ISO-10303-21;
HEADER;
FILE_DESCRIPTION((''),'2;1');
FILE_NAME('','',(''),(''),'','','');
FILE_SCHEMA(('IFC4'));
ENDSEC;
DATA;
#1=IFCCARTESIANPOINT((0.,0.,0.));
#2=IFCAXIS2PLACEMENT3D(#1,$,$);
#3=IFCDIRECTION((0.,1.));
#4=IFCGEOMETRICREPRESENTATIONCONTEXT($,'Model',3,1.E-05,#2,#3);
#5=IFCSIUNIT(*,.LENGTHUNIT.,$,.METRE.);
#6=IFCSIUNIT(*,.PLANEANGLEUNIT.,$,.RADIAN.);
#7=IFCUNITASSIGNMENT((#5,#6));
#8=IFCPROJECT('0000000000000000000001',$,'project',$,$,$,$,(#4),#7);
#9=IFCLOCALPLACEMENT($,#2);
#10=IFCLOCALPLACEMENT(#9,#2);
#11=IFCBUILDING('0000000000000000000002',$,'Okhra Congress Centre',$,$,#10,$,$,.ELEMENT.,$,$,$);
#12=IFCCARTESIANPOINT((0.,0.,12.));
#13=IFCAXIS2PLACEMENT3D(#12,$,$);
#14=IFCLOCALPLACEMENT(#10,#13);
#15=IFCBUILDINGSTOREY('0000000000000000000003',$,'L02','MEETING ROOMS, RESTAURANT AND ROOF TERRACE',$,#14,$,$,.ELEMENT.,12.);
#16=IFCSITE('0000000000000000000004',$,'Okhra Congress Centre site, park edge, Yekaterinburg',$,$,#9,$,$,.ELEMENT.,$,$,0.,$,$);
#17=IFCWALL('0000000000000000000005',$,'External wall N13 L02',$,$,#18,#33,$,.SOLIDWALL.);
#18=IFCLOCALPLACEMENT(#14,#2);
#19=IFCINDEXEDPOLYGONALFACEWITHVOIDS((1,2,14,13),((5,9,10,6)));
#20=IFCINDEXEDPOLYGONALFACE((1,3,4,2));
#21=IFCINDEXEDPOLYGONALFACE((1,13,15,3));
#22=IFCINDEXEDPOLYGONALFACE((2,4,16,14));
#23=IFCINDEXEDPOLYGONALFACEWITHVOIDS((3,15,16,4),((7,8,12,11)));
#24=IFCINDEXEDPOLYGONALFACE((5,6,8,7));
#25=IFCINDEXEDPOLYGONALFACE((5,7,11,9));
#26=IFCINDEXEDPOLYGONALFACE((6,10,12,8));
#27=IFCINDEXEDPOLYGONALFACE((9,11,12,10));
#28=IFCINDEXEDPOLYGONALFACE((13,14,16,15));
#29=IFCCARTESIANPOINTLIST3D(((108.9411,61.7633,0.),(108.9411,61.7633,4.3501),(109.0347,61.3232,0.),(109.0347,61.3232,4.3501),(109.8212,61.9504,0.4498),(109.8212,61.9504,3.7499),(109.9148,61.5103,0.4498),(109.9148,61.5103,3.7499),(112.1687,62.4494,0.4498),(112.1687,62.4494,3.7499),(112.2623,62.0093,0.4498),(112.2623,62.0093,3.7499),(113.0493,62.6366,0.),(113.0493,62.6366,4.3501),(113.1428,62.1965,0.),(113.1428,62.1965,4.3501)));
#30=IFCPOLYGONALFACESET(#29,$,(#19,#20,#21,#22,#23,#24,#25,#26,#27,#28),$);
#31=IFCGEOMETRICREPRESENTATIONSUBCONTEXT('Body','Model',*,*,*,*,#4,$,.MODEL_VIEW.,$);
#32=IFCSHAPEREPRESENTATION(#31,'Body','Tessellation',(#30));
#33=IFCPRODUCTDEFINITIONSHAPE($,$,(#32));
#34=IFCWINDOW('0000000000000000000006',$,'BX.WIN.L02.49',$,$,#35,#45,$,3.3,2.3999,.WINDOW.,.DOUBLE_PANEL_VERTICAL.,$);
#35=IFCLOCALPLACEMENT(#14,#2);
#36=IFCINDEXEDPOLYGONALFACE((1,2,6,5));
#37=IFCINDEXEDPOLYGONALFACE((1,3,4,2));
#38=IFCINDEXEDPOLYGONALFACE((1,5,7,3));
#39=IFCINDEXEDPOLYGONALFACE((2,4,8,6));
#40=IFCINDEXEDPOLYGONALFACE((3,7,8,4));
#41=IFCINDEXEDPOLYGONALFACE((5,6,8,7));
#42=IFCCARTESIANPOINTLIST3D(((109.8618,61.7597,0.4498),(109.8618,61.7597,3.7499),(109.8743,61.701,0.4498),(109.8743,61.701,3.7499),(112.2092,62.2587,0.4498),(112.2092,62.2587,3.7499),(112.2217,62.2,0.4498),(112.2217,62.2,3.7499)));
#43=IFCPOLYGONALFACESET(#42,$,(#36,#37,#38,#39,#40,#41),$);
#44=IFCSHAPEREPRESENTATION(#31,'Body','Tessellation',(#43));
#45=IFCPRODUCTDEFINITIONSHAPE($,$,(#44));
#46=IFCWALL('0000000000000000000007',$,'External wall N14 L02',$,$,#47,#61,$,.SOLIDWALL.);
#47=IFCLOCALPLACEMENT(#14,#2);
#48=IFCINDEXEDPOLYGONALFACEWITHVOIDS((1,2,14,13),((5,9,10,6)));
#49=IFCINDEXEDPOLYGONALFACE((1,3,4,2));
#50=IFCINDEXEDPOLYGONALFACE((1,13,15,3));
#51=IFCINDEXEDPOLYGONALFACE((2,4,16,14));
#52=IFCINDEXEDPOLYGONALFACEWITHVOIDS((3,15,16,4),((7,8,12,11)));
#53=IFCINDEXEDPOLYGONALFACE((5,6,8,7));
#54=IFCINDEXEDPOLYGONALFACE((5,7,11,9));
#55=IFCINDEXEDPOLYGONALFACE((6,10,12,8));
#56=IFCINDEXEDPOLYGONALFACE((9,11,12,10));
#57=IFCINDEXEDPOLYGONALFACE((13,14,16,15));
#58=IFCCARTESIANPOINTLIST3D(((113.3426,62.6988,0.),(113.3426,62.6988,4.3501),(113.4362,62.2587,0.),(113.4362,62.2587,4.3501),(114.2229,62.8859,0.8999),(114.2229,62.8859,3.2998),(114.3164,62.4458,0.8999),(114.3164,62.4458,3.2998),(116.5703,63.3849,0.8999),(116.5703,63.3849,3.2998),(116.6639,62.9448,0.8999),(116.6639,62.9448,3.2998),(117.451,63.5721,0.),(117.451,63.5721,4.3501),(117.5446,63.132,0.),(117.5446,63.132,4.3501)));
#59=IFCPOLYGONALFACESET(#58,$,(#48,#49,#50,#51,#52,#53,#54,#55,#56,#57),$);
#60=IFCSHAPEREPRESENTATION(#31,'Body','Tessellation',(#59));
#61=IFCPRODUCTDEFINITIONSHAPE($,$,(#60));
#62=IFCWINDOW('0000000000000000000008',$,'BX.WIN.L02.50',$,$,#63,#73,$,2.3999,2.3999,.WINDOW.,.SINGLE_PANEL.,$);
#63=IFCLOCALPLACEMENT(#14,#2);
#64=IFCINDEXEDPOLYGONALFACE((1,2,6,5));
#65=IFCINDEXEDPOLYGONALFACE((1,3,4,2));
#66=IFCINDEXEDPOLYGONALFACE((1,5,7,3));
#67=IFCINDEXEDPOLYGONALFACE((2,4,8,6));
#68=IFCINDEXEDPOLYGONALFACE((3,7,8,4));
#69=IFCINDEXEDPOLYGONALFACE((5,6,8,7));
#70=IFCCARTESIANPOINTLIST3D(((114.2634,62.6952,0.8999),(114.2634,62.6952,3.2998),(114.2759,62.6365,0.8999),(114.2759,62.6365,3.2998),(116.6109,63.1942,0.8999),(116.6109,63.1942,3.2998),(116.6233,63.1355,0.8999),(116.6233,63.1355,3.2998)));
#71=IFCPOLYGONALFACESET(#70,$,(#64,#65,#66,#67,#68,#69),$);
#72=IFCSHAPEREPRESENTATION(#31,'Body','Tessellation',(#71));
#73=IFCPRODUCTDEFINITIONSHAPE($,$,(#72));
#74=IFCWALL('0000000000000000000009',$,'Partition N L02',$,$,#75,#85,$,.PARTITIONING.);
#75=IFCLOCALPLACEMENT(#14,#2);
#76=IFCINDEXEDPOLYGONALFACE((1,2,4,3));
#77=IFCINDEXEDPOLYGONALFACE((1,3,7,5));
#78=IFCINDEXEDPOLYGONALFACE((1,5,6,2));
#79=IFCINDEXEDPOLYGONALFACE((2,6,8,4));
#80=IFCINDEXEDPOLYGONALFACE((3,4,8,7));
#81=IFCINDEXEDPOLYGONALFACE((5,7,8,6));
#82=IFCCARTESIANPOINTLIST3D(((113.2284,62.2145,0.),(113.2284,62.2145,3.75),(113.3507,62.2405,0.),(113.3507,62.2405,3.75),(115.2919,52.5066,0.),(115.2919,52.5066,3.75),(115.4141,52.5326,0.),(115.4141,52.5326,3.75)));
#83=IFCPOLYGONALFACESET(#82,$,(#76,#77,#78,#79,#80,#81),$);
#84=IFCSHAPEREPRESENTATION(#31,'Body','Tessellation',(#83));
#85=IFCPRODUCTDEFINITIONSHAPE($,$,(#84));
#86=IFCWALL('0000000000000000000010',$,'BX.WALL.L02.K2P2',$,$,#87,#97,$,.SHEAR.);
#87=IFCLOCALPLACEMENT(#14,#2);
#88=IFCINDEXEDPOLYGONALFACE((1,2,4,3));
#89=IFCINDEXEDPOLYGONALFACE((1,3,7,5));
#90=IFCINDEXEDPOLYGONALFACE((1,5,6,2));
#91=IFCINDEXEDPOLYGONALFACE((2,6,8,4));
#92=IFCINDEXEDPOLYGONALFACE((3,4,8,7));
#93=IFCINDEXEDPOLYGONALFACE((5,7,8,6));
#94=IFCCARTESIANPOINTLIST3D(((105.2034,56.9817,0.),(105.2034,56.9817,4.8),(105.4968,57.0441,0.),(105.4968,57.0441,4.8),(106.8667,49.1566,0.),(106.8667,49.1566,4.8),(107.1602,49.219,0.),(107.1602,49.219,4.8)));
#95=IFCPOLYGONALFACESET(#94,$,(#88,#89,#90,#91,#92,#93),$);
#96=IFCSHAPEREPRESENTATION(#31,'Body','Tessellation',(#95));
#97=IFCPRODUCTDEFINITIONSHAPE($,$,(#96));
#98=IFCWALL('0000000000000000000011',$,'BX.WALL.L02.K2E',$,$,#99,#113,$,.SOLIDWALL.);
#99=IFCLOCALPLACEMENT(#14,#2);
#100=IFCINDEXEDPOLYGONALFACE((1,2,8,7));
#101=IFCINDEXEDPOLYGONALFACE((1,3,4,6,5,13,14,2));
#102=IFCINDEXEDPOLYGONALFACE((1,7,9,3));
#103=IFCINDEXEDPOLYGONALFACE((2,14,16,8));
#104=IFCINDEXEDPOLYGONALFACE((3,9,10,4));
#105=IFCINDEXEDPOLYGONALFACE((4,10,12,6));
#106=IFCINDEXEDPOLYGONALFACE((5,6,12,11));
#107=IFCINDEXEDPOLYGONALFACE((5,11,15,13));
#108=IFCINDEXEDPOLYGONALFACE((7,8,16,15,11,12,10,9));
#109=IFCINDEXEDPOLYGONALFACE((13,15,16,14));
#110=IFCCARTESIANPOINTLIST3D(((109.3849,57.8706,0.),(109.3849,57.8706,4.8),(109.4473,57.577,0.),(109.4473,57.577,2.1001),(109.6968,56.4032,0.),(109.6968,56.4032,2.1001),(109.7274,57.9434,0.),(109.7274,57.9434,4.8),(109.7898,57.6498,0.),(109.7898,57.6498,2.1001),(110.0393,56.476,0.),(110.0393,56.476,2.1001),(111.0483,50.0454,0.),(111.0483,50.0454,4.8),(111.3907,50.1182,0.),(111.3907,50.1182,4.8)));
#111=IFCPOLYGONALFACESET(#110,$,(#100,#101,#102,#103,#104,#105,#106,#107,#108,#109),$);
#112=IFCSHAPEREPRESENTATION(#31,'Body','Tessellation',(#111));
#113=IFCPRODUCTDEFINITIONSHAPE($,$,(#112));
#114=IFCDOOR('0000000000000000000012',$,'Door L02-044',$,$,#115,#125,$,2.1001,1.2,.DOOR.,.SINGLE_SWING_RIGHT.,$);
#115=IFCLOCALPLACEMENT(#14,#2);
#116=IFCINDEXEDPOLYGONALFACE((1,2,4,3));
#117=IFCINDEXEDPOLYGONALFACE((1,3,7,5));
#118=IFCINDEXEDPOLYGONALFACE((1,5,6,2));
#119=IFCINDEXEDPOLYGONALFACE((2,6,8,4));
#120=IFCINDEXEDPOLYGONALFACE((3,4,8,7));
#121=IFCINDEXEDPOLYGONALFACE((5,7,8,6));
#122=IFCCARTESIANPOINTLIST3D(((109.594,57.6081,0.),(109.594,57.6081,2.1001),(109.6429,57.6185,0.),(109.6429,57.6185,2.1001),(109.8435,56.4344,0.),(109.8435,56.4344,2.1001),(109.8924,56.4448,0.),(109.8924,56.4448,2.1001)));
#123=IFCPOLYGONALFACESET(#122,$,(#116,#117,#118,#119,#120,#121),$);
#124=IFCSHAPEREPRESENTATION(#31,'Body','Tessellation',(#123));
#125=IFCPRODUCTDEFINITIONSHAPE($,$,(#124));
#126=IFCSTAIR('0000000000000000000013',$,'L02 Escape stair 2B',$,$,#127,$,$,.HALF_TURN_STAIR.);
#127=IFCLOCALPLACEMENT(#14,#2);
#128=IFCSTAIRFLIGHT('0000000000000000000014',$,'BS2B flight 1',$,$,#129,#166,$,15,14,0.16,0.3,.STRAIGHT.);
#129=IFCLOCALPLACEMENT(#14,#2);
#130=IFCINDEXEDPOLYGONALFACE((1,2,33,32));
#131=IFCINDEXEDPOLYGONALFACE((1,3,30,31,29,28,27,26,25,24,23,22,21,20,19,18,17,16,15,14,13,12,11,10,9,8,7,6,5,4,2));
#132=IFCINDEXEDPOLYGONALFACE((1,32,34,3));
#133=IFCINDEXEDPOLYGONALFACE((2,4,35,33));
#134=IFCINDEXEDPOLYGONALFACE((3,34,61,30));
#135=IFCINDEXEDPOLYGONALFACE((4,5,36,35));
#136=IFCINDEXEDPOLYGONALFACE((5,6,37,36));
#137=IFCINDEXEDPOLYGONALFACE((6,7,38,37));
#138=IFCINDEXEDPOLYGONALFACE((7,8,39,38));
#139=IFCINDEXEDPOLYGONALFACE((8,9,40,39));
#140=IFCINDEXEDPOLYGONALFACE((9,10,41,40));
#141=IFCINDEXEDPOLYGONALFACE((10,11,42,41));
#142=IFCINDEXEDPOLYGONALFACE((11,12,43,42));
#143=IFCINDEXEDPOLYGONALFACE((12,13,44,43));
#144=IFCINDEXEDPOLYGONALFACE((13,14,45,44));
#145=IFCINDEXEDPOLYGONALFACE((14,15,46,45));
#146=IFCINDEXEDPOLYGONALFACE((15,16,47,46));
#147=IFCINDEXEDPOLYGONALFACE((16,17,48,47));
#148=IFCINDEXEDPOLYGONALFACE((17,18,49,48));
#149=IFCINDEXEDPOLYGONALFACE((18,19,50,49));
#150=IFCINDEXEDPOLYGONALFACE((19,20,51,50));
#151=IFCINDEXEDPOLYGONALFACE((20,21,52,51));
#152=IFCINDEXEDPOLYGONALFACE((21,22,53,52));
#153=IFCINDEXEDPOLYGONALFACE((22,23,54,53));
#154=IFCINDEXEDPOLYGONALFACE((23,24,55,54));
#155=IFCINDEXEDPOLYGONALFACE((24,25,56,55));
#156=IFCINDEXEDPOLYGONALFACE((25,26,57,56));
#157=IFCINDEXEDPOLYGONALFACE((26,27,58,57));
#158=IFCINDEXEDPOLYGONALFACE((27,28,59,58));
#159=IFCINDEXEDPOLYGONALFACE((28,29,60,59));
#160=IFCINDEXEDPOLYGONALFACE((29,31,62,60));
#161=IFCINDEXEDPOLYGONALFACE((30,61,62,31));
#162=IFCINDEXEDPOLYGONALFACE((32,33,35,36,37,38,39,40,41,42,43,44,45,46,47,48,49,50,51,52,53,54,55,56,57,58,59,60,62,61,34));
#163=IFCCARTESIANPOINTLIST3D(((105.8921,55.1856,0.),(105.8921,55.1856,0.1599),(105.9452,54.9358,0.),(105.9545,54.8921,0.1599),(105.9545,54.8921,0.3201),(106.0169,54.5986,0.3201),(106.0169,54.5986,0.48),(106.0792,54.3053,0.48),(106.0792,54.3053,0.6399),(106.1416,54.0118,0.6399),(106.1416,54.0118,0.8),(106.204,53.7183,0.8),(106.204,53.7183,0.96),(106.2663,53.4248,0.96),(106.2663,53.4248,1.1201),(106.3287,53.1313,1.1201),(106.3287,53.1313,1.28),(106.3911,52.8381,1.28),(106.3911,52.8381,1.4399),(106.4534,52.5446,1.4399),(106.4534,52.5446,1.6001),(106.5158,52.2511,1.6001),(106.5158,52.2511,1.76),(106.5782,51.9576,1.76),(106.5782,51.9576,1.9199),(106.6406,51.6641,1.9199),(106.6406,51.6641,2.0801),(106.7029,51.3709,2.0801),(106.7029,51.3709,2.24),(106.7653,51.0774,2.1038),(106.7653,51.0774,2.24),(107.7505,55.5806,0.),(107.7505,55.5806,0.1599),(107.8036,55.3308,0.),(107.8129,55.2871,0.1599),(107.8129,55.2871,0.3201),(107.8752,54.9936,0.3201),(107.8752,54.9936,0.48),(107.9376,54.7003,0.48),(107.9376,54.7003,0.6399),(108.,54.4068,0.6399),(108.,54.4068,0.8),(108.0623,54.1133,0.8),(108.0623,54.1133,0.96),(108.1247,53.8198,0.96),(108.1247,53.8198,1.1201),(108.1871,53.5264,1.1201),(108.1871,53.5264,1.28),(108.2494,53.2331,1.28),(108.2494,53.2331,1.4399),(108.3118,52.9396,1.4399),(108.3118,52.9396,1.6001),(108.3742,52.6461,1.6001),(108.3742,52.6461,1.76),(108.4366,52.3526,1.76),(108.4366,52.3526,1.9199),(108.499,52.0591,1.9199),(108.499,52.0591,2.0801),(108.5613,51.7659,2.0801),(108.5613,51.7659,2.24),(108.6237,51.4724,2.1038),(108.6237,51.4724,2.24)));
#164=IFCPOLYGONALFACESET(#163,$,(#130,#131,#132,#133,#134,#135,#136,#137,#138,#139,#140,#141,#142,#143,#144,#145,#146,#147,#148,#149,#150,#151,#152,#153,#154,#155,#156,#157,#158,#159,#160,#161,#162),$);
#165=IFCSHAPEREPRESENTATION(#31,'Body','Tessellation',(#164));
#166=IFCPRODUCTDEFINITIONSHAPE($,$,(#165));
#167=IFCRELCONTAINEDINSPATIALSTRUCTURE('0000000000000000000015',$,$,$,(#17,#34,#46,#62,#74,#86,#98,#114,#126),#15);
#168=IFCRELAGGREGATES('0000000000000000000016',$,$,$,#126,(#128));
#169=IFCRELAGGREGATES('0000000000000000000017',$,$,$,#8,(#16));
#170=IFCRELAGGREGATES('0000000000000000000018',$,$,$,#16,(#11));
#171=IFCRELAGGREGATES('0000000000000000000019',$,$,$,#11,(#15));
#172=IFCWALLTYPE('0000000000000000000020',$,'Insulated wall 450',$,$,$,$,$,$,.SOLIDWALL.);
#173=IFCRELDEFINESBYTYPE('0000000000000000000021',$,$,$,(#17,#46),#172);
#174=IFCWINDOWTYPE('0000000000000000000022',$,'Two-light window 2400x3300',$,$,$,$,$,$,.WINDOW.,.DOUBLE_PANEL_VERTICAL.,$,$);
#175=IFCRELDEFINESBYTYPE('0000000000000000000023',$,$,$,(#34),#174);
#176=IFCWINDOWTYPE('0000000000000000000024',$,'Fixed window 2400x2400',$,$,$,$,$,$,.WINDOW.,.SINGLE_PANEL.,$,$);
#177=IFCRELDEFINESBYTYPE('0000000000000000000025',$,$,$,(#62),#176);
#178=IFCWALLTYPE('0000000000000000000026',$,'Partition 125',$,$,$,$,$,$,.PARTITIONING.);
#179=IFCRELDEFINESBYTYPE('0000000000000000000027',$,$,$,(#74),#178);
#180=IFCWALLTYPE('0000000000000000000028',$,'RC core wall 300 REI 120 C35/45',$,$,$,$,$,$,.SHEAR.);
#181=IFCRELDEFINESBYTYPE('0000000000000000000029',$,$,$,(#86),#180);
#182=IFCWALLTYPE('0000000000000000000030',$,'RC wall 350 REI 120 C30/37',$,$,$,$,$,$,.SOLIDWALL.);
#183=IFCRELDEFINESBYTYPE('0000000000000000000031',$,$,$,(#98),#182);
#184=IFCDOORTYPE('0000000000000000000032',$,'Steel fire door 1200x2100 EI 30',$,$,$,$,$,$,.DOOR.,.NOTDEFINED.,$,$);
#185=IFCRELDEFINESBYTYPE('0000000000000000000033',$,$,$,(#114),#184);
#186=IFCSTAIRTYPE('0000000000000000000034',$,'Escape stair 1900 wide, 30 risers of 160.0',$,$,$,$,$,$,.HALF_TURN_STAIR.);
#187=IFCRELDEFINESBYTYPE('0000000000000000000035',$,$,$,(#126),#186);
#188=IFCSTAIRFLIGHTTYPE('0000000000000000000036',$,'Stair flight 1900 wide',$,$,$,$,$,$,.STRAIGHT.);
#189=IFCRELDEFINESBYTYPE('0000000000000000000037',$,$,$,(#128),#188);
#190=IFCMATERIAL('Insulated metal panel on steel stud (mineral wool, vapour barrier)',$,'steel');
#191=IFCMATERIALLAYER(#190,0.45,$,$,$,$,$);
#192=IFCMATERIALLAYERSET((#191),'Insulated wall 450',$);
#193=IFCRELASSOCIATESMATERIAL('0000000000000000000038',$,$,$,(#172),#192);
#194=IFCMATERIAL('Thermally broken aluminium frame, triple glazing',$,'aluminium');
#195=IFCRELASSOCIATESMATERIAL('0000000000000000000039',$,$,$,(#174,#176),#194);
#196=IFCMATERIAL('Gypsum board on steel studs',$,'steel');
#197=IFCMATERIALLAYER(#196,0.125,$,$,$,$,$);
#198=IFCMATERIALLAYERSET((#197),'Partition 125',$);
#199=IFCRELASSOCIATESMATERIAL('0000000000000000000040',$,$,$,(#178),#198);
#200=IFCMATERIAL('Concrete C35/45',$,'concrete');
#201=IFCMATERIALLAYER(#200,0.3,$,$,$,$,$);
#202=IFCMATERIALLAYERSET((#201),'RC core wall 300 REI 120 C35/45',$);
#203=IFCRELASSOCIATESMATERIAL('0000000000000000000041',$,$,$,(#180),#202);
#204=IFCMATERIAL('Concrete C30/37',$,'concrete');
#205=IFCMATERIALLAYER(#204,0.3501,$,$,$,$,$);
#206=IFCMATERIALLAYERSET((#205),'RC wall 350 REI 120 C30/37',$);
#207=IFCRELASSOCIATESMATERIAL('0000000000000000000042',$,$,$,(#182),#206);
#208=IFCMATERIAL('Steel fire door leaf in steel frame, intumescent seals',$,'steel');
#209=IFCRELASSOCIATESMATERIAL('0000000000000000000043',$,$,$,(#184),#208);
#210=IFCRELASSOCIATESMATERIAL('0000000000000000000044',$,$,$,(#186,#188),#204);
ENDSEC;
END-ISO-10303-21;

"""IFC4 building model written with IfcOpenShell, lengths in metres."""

from ifc_helpers import new_model, si_unit, direction, frame, frame_2d, origin, place, context, subcontext, project, spatial, polyline, rectangle, outline, extrude, material, layer, layer_set, type_object, element, fill, aggregate, save


model = new_model("IFC4")

# Units and contexts
model_context = context("Model", 3, precision=1e-05, world=origin(), true_north=direction((0.0, 1.0)))
body_context = subcontext(model_context, "Body", "Model", "MODEL_VIEW")
ifc_project = project(units=[si_unit("LENGTHUNIT", "METRE"), si_unit("PLANEANGLEUNIT", "RADIAN")], contexts=[model_context])

# Site, building, storey
site_placement = place(None, origin())
site = spatial("IfcSite", under=ifc_project, at=site_placement, Name="Okhra Congress Centre site, park edge, Yekaterinburg", CompositionType="ELEMENT", RefElevation=0.0)
building_placement = place(site_placement, origin())
building = spatial("IfcBuilding", under=site, at=building_placement, Name="Okhra Congress Centre", CompositionType="ELEMENT")
storey_placement = place(building_placement, frame((0.0, 0.0, 12.0)))
storey = spatial("IfcBuildingStorey", under=building, at=storey_placement, Name="L02", Description="MEETING ROOMS, RESTAURANT AND ROOF TERRACE", CompositionType="ELEMENT", Elevation=12.0)

# Walls, openings, windows
ifc_material_1 = material(Name="Insulated metal panel on steel stud (mineral wool, vapour barrier)", Category="steel")
ifc_layer_1 = layer(ifc_material_1, 0.45)
ifc_layer_set_1 = layer_set([ifc_layer_1], Name="Insulated wall 450")
wall_type_1 = type_object("IfcWallType", Name="Insulated wall 450", PredefinedType="SOLIDWALL", material=ifc_layer_set_1)
ifc_material_2 = material(Name="Thermally broken aluminium frame, triple glazing", Category="aluminium")
window_type_1 = type_object("IfcWindowType", Name="Two-light window 2400x3300", PartitioningType="DOUBLE_PANEL_VERTICAL", PredefinedType="WINDOW", material=ifc_material_2)
wall_1_placement = place(storey_placement, frame((108.9878, 61.5432, 0.0), z_axis=(0.0, 0.0, 1.0), x_axis=(0.978144, 0.207929, 0.0)))
wall_1 = element("IfcWall", 1, at=wall_1_placement, inside=storey, type_object=wall_type_1, Name="External wall N13 L02", PredefinedType="SOLIDWALL", context=body_context, shape_type="SweptSolid", body=[
    extrude(rectangle(XDim=4.2, YDim=0.45, at=frame_2d((2.1001, 0.0))), origin(), (0.0, 0.0, 1.0), 4.3501),
])
opening_1_placement = place(wall_1_placement, frame((0.8999, 0.0, 0.45)))
opening_1 = element("IfcOpeningElement", 2, at=opening_1_placement, cuts=wall_1, PredefinedType="OPENING", context=body_context, shape_type="SweptSolid", body=[
    extrude(rectangle(XDim=2.3999, YDim=3.3, at=frame_2d((1.2, 1.6499))), frame((0.0, 0.2349, 0.0), z_axis=(0.0, -1.0, 0.0), x_axis=(1.0, 0.0, 0.0)), (0.0, 0.0, 1.0), 0.47),
])
window_1_placement = place(opening_1_placement, origin())
window_1 = element("IfcWindow", 3, at=window_1_placement, inside=storey, type_object=window_type_1, Name="BX.WIN.L02.49", OverallHeight=3.3, OverallWidth=2.3999, PartitioningType="DOUBLE_PANEL_VERTICAL", PredefinedType="WINDOW", context=body_context, shape_type="SweptSolid", body=[
    extrude(rectangle(XDim=2.3999, YDim=3.3, at=frame_2d((1.2, 1.6499))), frame((0.0, 0.03, 0.0), z_axis=(0.0, -1.0, 0.0), x_axis=(1.0, 0.0, 0.0)), (0.0, 0.0, 1.0), 0.0601),
])
fill(opening_1, window_1)
wall_2_placement = place(storey_placement, frame((113.3894, 62.4788, 0.0), z_axis=(0.0, 0.0, 1.0), x_axis=(0.978146, 0.207917, 0.0)))
wall_2 = element("IfcWall", 4, at=wall_2_placement, inside=storey, type_object=wall_type_1, Name="External wall N14 L02", PredefinedType="SOLIDWALL", context=body_context, shape_type="SweptSolid", body=[
    extrude(rectangle(XDim=4.2002, YDim=0.45, at=frame_2d((2.1001, 0.0))), origin(), (0.0, 0.0, 1.0), 4.3501),
])
opening_2_placement = place(wall_2_placement, frame((0.8999, 0.0, 0.8999)))
opening_2 = element("IfcOpeningElement", 5, at=opening_2_placement, cuts=wall_2, PredefinedType="OPENING", context=body_context, shape_type="SweptSolid", body=[
    extrude(rectangle(XDim=2.3999, YDim=2.3999, at=frame_2d((1.2, 1.2))), frame((0.0, 0.2349, 0.0), z_axis=(0.0, -1.0, 0.0), x_axis=(1.0, 0.0, 0.0)), (0.0, 0.0, 1.0), 0.47),
])
window_type_2 = type_object("IfcWindowType", Name="Fixed window 2400x2400", PartitioningType="SINGLE_PANEL", PredefinedType="WINDOW", material=ifc_material_2)
window_2_placement = place(opening_2_placement, origin())
window_2 = element("IfcWindow", 6, at=window_2_placement, inside=storey, type_object=window_type_2, Name="BX.WIN.L02.50", OverallHeight=2.3999, OverallWidth=2.3999, PartitioningType="SINGLE_PANEL", PredefinedType="WINDOW", context=body_context, shape_type="SweptSolid", body=[
    extrude(rectangle(XDim=2.3999, YDim=2.3999, at=frame_2d((1.2, 1.2))), frame((0.0, 0.03, 0.0), z_axis=(0.0, -1.0, 0.0), x_axis=(1.0, 0.0, 0.0)), (0.0, 0.0, 1.0), 0.0601),
])
fill(opening_2, window_2)

# Walls
ifc_material_3 = material(Name="Gypsum board on steel studs", Category="steel")
ifc_layer_2 = layer(ifc_material_3, 0.125)
ifc_layer_set_2 = layer_set([ifc_layer_2], Name="Partition 125")
wall_type_2 = type_object("IfcWallType", Name="Partition 125", PredefinedType="PARTITIONING", material=ifc_layer_set_2)
wall_3_placement = place(storey_placement, frame((113.2896, 62.2275, 0.0), z_axis=(0.0, 0.0, 1.0), x_axis=(0.207909, -0.978148, 0.0)))
element("IfcWall", 7, at=wall_3_placement, inside=storey, type_object=wall_type_2, Name="Partition N L02", PredefinedType="PARTITIONING", context=body_context, shape_type="SweptSolid", body=[
    extrude(rectangle(XDim=9.9248, YDim=0.125, at=frame_2d((4.9624, 0.0))), origin(), (0.0, 0.0, 1.0), 3.75),
])
ifc_material_4 = material(Name="Concrete C35/45", Category="concrete")
ifc_layer_3 = layer(ifc_material_4, 0.3)
ifc_layer_set_3 = layer_set([ifc_layer_3], Name="RC core wall 300 REI 120 C35/45")
wall_type_3 = type_object("IfcWallType", Name="RC core wall 300 REI 120 C35/45", PredefinedType="SHEAR", material=ifc_layer_set_3)
wall_4_placement = place(storey_placement, frame((105.3501, 57.0129, 0.0), z_axis=(0.0, 0.0, 1.0), x_axis=(0.207916, -0.978147, 0.0)))
element("IfcWall", 8, at=wall_4_placement, inside=storey, type_object=wall_type_3, Name="BX.WALL.L02.K2P2", PredefinedType="SHEAR", context=body_context, shape_type="SweptSolid", body=[
    extrude(rectangle(XDim=8.0, YDim=0.3, at=frame_2d((4.0, 0.0))), origin(), (0.0, 0.0, 1.0), 4.8),
])

# Wall, opening, door
ifc_material_5 = material(Name="Concrete C30/37", Category="concrete")
ifc_layer_4 = layer(ifc_material_5, 0.3501)
ifc_layer_set_4 = layer_set([ifc_layer_4], Name="RC wall 350 REI 120 C30/37")
wall_type_4 = type_object("IfcWallType", Name="RC wall 350 REI 120 C30/37", PredefinedType="SOLIDWALL", material=ifc_layer_set_4)
wall_5_placement = place(storey_placement, frame((109.5562, 57.907, 0.0), z_axis=(0.0, 0.0, 1.0), x_axis=(0.207916, -0.978147, 0.0)))
wall_5 = element("IfcWall", 9, at=wall_5_placement, inside=storey, type_object=wall_type_4, Name="BX.WALL.L02.K2E", PredefinedType="SOLIDWALL", context=body_context, shape_type="SweptSolid", body=[
    extrude(rectangle(XDim=8.0, YDim=0.3501, at=frame_2d((4.0, 0.0))), origin(), (0.0, 0.0, 1.0), 4.8),
])
opening_3_placement = place(wall_5_placement, frame((0.3, 0.0, 0.0)))
opening_3 = element("IfcOpeningElement", 10, at=opening_3_placement, cuts=wall_5, PredefinedType="OPENING", context=body_context, shape_type="SweptSolid", body=[
    extrude(rectangle(XDim=1.2, YDim=2.1001, at=frame_2d((0.6001, 1.05))), frame((0.0, 0.1851, 0.0), z_axis=(0.0, -1.0, 0.0), x_axis=(1.0, 0.0, 0.0)), (0.0, 0.0, 1.0), 0.3701),
])
ifc_material_6 = material(Name="Steel fire door leaf in steel frame, intumescent seals", Category="steel")
door_type = type_object("IfcDoorType", Name="Steel fire door 1200x2100 EI 30", OperationType="NOTDEFINED", PredefinedType="DOOR", material=ifc_material_6)
door_placement = place(opening_3_placement, origin())
door = element("IfcDoor", 11, at=door_placement, inside=storey, type_object=door_type, Name="Door L02-044", OperationType="SINGLE_SWING_RIGHT", OverallHeight=2.1001, OverallWidth=1.2, PredefinedType="DOOR", context=body_context, shape_type="SweptSolid", body=[
    extrude(rectangle(XDim=1.2, YDim=2.1001, at=frame_2d((0.6001, 1.05))), frame((0.0, 0.0249, 0.0), z_axis=(0.0, -1.0, 0.0), x_axis=(1.0, 0.0, 0.0)), (0.0, 0.0, 1.0), 0.05),
])
fill(opening_3, door)

# Stair, stair flight
stair_type = type_object("IfcStairType", Name="Escape stair 1900 wide, 30 risers of 160.0", PredefinedType="HALF_TURN_STAIR", material=ifc_material_5)
stair_placement = place(storey_placement, origin())
stair = element("IfcStair", 12, at=stair_placement, inside=storey, type_object=stair_type, Name="L02 Escape stair 2B", PredefinedType="HALF_TURN_STAIR")
stair_flight_type = type_object("IfcStairFlightType", Name="Stair flight 1900 wide", PredefinedType="STRAIGHT", material=ifc_material_5)
stair_flight_placement = place(storey_placement, frame((106.8213, 55.3831, 0.0), z_axis=(0.0, 0.0, 1.0), x_axis=(0.207912, -0.978148, 0.0)))
stair_flight = element("IfcStairFlight", 13, at=stair_flight_placement, type_object=stair_flight_type, Name="BS2B flight 1", NumberOfRisers=15, NumberOfTreads=14, PredefinedType="STRAIGHT", RiserHeight=0.16, TreadLength=0.3, context=body_context, shape_type="SweptSolid", body=[
    extrude(outline(polyline([(0.0, 0.0), (0.0, 0.1599), (0.3, 0.1599), (0.3, 0.3201), (0.6001, 0.3201), (0.6001, 0.48), (0.8999, 0.48), (0.8999, 0.6399), (1.2, 0.6399), (1.2, 0.8), (1.5, 0.8), (1.5, 0.96), (1.8, 0.96), (1.8, 1.1201), (2.1001, 1.1201), (2.1001, 1.28), (2.3999, 1.28), (2.3999, 1.4399), (2.7, 1.4399), (2.7, 1.6001), (3.0, 1.6001), (3.0, 1.76), (3.3, 1.76), (3.3, 1.9199), (3.6001, 1.9199), (3.6001, 2.0801), (3.8999, 2.0801), (3.8999, 2.24), (4.2, 2.24), (4.2, 2.3999), (4.2, 2.1038), (0.2554, 0.0), (0.0, 0.0)])), frame((0.0, 0.95, 0.0), z_axis=(0.0, -1.0, 0.0), x_axis=(1.0, 0.0, 0.0)), (0.0, 0.0, 1.0), 1.8999),
])
aggregate(stair, [stair_flight])

save(model, "model.ifc")
